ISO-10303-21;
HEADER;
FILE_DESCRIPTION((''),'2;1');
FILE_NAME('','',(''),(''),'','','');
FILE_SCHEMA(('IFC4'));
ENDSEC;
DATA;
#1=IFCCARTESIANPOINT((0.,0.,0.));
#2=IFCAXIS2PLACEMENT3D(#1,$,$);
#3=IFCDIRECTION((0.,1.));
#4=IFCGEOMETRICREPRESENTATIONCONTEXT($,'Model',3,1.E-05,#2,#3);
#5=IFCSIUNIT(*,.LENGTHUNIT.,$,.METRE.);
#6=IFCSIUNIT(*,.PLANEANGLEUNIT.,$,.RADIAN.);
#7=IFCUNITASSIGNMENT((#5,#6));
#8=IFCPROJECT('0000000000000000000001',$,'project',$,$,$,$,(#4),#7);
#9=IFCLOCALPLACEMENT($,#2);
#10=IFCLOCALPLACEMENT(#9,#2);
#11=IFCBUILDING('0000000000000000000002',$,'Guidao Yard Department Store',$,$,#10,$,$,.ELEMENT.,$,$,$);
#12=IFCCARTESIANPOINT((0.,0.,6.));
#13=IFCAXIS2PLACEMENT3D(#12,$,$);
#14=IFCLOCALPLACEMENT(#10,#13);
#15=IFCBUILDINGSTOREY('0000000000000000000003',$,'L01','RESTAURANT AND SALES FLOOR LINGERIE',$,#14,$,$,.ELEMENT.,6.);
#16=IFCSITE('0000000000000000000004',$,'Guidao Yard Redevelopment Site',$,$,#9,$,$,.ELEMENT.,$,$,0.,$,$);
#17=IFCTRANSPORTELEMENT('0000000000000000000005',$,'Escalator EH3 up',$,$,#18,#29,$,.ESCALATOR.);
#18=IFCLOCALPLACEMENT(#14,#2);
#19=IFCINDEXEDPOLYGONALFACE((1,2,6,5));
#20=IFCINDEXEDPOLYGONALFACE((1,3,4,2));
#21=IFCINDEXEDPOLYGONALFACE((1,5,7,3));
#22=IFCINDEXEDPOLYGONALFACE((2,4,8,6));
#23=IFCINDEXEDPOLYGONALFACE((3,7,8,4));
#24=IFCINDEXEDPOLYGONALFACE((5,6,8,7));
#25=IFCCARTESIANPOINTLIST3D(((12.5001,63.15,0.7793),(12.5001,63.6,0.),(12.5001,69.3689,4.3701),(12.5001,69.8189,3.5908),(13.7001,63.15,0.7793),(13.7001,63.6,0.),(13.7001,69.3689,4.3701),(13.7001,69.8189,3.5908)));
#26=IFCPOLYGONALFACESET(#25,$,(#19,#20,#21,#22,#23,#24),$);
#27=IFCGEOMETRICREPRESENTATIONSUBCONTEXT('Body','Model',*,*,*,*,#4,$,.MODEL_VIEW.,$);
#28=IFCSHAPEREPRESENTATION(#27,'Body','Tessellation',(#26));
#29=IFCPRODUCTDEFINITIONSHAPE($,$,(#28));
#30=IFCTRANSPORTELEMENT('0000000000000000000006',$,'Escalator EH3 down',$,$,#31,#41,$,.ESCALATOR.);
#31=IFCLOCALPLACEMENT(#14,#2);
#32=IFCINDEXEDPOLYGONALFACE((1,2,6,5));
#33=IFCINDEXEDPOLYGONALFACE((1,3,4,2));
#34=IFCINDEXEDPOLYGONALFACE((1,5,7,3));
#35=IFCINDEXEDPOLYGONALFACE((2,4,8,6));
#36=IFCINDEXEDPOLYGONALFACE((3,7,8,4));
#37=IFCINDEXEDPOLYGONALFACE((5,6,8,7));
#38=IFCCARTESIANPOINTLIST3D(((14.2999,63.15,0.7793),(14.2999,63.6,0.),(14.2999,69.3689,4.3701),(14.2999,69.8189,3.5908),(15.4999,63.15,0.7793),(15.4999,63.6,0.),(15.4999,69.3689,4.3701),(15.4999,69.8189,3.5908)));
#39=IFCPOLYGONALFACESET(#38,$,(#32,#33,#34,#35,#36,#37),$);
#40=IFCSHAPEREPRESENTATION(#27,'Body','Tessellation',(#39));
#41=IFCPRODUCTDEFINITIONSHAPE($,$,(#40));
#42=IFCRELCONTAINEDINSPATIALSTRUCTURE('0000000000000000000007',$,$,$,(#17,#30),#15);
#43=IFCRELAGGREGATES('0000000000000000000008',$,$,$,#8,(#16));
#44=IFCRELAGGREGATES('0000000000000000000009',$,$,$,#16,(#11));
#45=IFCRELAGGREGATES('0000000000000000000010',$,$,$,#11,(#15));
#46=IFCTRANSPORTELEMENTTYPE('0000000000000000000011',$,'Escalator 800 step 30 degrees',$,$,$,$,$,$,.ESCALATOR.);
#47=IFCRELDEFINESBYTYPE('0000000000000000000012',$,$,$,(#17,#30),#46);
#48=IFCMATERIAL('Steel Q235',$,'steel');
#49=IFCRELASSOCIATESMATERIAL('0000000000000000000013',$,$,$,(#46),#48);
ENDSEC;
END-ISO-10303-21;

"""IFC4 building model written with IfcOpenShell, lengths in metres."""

from ifc_helpers import new_model, si_unit, direction, frame, origin, origin_2d, place, context, subcontext, project, spatial, rectangle, extrude, material, material_profile, profile_set, type_object, element, save


model = new_model("IFC4")

# Units and contexts
model_context = context("Model", 3, precision=1e-05, world=origin(), true_north=direction((0.0, 1.0)))
body_context = subcontext(model_context, "Body", "Model", "MODEL_VIEW")
ifc_project = project(units=[si_unit("LENGTHUNIT", "METRE"), si_unit("PLANEANGLEUNIT", "RADIAN")], contexts=[model_context])

# Site, building, storey
site_placement = place(None, origin())
site = spatial("IfcSite", under=ifc_project, at=site_placement, Name="Guidao Yard Redevelopment Site", CompositionType="ELEMENT", RefElevation=0.0)
building_placement = place(site_placement, origin())
building = spatial("IfcBuilding", under=site, at=building_placement, Name="Guidao Yard Department Store", CompositionType="ELEMENT")
storey_placement = place(building_placement, frame((0.0, 0.0, 6.0)))
storey = spatial("IfcBuildingStorey", under=building, at=storey_placement, Name="L01", Description="RESTAURANT AND SALES FLOOR LINGERIE", CompositionType="ELEMENT", Elevation=6.0)

# Transport elements
ifc_material_1 = material(Name="Steel Q235", Category="steel")
ifc_material_profile_1 = material_profile(ifc_material_1, rectangle(XDim=1.2, YDim=0.8999, at=origin_2d()), Name="Escalator 800 step 30 degrees")
ifc_profile_set_1 = profile_set([ifc_material_profile_1], Name="Steel Q235")
transport_element_type = type_object("IfcTransportElementType", Name="Escalator 800 step 30 degrees", PredefinedType="ESCALATOR", material=ifc_profile_set_1)
for number, where, z_axis, x_axis, name in (
    (1, (13.1001, 63.375, 0.3896), (0.0, 0.866008, 0.500029), (-1.0, 0.0, 0.0), "Escalator EH3 up"),
    (2, (14.8999, 63.375, 0.3896), (0.0, 0.866008, 0.500029), (-1.0, 0.0, 0.0), "Escalator EH3 down"),
):
    element("IfcTransportElement", number, at=place(storey_placement, frame(where, z_axis=z_axis, x_axis=x_axis)), inside=storey, type_object=transport_element_type, Name=name, PredefinedType="ESCALATOR", context=body_context, shape_type="SweptSolid", body=[
        extrude(rectangle(XDim=1.2, YDim=0.8999, at=origin_2d()), origin(), (0.0, 0.0, 1.0), 7.1812),
    ])

save(model, "model.ifc")
